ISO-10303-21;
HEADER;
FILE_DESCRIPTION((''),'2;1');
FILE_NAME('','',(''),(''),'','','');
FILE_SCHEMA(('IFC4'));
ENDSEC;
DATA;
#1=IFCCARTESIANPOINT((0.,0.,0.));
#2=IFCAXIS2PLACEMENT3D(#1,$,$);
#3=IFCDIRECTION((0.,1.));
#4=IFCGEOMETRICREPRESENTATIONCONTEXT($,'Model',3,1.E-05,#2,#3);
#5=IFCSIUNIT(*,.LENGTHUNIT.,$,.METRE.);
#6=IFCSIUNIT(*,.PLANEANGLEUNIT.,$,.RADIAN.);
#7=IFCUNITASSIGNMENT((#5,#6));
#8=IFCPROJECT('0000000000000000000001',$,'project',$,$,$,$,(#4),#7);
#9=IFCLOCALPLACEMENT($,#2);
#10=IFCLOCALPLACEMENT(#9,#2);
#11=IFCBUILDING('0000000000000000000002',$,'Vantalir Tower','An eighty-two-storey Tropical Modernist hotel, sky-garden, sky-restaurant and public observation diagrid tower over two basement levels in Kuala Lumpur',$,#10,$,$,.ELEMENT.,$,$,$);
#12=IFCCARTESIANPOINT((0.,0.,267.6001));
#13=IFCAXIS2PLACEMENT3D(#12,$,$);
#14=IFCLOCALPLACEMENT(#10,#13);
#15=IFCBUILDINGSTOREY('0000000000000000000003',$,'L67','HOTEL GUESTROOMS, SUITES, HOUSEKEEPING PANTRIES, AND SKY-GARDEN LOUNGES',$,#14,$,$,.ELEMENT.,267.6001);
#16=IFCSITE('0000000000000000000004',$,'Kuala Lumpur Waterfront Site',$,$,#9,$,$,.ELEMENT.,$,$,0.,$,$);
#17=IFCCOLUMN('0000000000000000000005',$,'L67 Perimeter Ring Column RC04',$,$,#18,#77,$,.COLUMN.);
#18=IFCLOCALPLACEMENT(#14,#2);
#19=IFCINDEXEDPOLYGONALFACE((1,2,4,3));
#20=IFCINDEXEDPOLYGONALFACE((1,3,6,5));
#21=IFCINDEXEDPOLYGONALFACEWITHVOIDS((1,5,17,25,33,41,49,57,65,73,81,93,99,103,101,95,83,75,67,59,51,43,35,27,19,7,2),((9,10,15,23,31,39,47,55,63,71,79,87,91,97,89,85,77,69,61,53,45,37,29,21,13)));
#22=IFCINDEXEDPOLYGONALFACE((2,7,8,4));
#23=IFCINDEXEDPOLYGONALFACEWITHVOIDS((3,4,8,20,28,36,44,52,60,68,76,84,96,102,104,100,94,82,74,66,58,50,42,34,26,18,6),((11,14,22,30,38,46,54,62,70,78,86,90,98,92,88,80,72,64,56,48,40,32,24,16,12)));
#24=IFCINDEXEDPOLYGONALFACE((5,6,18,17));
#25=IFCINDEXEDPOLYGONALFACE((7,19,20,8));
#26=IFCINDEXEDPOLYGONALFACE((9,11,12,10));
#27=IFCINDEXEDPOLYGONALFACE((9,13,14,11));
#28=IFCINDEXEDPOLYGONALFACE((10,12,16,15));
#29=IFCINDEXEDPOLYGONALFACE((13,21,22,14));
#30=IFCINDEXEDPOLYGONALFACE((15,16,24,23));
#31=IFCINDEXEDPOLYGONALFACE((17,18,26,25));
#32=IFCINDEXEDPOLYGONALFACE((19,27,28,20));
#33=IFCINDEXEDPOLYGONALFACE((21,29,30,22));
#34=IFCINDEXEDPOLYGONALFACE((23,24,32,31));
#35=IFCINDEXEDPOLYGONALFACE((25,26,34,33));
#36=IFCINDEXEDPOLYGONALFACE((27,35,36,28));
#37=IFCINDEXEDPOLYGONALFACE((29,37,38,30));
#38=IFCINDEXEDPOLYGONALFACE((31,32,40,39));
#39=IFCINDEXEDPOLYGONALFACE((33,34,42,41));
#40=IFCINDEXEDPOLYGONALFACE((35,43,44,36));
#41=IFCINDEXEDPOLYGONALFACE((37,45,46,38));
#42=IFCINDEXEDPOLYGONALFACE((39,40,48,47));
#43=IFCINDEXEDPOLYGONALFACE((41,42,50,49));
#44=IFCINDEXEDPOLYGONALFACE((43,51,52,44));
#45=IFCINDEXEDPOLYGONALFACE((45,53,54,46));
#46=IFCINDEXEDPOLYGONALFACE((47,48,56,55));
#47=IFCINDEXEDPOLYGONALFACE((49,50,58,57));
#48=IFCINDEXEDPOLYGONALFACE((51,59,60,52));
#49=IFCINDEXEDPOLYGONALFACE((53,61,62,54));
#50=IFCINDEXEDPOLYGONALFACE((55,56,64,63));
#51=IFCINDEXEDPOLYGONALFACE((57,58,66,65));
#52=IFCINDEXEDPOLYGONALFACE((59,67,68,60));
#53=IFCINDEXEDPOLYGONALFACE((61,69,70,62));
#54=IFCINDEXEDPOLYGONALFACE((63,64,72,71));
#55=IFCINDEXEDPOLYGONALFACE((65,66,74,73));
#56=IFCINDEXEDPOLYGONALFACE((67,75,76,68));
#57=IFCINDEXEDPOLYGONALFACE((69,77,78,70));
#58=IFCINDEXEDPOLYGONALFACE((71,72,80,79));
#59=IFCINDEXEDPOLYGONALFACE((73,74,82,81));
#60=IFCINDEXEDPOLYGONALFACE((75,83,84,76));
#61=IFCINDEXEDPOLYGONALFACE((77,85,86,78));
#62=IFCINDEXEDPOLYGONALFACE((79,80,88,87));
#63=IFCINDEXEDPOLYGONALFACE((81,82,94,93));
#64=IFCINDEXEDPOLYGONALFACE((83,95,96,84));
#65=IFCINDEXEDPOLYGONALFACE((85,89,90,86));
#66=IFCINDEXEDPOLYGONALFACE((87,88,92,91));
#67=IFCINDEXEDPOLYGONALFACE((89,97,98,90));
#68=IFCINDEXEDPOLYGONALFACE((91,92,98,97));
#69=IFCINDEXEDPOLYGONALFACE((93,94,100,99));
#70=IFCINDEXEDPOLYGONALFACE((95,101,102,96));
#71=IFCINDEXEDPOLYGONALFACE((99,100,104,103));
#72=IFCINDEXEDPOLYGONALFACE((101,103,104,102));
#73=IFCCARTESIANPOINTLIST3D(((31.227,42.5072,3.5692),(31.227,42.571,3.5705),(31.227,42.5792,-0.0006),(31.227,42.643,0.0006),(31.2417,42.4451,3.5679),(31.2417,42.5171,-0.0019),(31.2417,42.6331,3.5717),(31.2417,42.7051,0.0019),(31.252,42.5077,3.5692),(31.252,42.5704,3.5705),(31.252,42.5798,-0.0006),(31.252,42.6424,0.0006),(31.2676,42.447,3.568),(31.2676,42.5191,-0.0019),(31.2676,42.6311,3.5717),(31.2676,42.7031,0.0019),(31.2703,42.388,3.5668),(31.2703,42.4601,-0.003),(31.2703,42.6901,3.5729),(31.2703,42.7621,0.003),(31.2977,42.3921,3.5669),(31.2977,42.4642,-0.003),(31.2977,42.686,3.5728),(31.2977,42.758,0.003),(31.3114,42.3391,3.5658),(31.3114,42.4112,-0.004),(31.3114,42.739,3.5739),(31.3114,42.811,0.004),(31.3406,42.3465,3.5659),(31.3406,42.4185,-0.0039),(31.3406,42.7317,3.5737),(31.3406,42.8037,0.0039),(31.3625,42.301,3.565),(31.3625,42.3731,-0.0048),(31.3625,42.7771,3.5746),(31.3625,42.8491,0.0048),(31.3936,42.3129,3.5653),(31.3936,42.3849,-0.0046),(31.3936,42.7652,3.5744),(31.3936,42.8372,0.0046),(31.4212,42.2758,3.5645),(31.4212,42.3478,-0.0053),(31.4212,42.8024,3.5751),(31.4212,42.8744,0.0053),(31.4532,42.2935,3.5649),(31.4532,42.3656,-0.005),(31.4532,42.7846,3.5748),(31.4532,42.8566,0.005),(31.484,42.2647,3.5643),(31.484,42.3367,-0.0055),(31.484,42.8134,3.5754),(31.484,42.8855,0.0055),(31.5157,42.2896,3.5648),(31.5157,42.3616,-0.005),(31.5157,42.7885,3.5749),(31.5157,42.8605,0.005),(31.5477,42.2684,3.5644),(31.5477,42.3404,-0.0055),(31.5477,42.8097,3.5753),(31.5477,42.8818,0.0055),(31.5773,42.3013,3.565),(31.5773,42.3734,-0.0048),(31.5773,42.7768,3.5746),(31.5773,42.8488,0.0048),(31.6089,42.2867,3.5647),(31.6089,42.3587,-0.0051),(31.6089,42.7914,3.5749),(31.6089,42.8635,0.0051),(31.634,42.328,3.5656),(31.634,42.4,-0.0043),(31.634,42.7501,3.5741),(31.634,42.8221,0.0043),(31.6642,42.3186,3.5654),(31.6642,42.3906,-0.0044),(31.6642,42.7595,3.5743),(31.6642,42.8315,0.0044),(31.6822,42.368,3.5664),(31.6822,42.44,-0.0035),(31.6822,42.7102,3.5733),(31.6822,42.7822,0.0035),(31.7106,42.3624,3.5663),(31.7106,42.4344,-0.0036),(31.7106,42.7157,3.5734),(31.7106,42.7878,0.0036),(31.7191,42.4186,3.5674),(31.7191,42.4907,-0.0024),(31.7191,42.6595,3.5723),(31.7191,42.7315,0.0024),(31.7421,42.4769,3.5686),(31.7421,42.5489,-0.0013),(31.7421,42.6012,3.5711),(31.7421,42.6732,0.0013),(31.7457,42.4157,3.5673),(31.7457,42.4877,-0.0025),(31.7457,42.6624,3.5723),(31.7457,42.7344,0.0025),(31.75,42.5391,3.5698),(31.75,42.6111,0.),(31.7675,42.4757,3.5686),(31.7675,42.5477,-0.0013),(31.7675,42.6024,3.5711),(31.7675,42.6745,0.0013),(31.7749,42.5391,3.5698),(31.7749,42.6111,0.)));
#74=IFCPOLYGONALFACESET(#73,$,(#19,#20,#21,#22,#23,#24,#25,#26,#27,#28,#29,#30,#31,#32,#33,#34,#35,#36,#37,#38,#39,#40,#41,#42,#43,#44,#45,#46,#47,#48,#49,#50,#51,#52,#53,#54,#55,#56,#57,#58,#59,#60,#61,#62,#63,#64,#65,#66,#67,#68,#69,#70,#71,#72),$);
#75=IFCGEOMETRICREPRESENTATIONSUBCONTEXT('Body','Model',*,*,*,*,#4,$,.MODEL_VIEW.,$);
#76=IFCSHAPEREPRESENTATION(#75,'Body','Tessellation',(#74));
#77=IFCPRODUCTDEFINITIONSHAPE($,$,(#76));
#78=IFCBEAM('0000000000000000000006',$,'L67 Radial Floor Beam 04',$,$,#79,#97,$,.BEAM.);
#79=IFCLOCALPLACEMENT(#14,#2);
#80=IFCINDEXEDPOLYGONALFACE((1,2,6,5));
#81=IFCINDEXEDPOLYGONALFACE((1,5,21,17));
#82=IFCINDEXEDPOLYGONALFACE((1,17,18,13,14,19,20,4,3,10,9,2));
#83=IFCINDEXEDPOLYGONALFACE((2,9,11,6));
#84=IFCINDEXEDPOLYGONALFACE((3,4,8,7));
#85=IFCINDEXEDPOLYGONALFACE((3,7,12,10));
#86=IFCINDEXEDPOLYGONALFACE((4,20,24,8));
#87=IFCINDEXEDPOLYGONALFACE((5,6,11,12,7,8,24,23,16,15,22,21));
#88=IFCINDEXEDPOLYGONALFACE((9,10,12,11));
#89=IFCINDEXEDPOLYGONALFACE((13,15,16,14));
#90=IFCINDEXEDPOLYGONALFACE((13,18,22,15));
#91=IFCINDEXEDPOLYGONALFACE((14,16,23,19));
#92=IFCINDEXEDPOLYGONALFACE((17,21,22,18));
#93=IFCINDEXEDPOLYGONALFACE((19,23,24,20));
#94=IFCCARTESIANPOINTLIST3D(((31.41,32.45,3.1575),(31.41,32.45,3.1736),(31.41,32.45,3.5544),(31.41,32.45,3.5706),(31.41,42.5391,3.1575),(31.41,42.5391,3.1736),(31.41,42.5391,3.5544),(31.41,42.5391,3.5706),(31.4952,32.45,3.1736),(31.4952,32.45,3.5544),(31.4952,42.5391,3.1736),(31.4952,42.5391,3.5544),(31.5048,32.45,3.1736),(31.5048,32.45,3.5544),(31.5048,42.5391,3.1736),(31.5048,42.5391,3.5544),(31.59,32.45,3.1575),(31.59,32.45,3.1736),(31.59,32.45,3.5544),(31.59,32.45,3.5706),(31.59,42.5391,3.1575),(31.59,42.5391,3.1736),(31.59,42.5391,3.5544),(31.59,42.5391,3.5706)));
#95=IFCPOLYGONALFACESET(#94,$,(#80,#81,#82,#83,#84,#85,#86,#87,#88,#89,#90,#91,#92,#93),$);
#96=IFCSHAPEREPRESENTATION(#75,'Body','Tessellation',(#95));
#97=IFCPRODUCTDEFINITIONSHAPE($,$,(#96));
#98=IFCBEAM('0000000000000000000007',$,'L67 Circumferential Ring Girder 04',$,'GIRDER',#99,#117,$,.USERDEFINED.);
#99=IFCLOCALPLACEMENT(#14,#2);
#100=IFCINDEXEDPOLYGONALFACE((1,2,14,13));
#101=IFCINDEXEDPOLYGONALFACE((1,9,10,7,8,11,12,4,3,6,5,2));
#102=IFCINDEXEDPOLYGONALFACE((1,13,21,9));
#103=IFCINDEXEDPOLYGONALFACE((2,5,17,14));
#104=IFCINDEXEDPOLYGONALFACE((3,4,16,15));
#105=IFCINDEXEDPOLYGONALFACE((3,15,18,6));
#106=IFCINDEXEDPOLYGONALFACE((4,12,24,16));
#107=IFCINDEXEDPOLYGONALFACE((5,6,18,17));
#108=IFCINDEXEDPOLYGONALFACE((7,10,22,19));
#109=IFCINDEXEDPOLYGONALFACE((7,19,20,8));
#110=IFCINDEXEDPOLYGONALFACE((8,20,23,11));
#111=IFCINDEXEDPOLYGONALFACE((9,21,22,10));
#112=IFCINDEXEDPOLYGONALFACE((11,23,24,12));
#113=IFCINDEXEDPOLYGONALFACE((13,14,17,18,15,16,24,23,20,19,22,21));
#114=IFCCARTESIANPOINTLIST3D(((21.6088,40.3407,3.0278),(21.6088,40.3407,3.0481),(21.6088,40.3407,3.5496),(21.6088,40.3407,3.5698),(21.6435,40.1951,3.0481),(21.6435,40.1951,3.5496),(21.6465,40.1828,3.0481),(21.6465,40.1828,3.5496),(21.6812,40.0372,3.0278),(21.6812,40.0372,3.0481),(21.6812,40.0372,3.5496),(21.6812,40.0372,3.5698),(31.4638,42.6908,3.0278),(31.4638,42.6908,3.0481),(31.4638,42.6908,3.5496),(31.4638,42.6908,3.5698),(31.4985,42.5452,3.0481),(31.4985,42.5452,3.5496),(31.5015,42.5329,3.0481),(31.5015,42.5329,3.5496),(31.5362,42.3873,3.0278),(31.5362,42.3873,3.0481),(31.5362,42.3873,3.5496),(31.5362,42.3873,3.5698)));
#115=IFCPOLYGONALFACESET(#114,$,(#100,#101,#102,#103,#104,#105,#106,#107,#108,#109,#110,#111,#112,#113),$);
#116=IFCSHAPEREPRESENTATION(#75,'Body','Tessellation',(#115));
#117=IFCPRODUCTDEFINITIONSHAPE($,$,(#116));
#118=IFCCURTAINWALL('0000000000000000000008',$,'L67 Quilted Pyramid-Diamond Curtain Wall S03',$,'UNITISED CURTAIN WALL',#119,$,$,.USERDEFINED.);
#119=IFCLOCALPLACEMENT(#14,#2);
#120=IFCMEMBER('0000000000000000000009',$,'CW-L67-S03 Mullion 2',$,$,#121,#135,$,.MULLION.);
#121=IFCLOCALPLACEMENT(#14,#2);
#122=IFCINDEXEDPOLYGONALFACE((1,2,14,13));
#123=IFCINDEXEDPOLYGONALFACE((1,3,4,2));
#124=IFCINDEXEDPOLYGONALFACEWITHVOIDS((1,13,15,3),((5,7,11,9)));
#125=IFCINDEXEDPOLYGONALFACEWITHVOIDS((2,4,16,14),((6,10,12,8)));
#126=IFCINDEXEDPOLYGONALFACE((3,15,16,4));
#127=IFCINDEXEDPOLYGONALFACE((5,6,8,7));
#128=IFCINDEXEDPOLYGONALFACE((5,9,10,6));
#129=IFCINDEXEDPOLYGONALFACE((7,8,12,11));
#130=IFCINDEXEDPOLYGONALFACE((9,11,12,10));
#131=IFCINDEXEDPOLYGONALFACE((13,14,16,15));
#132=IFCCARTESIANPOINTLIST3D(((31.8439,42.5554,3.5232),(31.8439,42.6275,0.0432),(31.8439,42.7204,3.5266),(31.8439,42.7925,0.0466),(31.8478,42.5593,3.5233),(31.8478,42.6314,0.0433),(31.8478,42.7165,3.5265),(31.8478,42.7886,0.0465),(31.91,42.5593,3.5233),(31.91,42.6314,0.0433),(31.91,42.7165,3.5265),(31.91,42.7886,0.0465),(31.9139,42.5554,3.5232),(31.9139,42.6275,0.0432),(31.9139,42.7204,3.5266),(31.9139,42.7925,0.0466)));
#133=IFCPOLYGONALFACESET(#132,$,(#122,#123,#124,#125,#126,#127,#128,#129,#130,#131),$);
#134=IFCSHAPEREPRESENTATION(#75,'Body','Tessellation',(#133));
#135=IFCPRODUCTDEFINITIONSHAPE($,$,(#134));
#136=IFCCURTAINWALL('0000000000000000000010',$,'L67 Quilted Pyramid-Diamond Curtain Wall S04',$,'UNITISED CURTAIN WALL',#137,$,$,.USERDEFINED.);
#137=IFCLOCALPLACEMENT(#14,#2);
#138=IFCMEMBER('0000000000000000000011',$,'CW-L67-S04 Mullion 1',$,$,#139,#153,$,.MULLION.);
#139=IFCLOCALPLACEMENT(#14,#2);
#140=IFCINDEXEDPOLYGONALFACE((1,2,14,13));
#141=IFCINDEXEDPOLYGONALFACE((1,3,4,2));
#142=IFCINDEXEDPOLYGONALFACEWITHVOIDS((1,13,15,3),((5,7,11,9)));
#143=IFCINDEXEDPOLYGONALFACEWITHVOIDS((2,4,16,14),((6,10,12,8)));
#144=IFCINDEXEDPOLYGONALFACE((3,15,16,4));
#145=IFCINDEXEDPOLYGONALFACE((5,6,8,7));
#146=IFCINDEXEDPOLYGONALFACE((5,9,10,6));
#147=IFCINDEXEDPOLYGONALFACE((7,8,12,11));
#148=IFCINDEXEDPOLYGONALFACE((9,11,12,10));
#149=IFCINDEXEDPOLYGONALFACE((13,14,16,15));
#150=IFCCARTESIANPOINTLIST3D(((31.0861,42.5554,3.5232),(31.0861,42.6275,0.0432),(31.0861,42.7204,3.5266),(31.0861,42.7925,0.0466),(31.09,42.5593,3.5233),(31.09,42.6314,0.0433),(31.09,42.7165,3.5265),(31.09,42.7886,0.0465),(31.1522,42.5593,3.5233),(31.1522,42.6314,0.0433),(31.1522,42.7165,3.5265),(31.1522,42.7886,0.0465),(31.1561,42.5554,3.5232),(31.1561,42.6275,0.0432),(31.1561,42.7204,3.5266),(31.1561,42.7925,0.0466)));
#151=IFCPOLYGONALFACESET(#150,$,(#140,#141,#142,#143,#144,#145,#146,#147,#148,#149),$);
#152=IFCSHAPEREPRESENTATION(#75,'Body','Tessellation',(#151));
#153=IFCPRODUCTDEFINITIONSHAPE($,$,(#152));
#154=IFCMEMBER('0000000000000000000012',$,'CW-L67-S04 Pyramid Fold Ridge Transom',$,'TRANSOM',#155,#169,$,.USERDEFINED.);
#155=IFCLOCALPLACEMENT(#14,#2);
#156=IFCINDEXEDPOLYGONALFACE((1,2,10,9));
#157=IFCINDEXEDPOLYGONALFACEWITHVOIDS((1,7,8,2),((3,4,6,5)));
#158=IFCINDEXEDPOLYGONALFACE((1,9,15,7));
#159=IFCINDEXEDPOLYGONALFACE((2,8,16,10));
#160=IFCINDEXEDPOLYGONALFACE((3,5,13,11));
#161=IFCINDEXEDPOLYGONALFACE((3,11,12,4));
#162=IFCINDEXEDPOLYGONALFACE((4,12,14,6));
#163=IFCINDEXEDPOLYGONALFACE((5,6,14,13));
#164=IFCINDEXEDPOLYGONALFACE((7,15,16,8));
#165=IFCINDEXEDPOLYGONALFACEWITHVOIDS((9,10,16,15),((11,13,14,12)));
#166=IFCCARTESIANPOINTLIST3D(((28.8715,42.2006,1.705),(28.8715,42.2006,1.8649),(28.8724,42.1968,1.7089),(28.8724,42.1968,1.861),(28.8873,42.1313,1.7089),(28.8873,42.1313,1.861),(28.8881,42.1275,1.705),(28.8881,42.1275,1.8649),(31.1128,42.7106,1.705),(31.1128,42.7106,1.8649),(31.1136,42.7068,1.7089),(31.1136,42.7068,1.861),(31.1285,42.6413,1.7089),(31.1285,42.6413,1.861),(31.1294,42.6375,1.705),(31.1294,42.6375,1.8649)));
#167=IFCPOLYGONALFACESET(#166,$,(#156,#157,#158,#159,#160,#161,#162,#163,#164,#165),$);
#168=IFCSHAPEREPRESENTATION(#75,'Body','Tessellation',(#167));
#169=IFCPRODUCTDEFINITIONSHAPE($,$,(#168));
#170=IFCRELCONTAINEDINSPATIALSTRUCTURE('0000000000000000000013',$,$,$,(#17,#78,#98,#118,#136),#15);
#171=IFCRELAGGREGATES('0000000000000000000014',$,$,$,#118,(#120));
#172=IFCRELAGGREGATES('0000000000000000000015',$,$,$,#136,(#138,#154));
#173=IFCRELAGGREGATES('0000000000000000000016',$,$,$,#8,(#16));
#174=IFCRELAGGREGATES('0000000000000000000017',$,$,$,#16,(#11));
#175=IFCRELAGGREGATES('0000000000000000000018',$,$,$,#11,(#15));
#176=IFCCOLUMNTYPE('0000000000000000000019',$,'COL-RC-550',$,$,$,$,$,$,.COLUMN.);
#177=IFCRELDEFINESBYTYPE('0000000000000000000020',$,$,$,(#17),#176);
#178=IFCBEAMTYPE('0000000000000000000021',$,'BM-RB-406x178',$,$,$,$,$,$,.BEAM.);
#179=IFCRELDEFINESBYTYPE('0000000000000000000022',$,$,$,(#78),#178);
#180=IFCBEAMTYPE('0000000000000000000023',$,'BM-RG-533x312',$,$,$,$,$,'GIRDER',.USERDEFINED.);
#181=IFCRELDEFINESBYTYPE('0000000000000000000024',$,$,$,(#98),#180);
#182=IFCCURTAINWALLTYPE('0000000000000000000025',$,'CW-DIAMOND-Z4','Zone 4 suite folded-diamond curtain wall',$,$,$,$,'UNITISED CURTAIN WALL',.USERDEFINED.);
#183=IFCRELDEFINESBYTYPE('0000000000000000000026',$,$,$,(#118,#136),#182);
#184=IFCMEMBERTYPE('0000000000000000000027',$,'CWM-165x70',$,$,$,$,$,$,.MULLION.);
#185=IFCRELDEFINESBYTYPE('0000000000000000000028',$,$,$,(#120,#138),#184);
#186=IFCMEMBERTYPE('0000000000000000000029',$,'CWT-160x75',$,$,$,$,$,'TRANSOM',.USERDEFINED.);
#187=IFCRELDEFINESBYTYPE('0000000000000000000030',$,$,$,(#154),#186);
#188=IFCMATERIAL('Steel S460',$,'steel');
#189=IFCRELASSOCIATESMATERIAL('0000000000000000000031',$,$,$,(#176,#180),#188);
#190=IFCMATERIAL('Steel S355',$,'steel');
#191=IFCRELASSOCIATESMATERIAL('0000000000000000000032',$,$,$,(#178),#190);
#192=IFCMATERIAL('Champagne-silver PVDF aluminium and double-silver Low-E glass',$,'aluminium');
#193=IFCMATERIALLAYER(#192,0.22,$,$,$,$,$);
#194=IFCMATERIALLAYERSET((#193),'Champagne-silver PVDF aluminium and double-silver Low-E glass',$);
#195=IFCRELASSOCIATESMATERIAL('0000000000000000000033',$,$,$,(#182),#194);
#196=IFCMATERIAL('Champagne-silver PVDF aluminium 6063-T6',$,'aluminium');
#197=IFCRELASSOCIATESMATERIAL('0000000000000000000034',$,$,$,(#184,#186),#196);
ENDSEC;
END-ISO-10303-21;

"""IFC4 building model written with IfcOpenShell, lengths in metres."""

from ifc_helpers import new_model, si_unit, direction, frame, origin, origin_2d, place, context, subcontext, project, spatial, hollow_rectangle, hollow_circle, i_section, extrude, material, layer, layer_set, material_profile, profile_set, type_object, element, aggregate, save


model = new_model("IFC4")

# Units and contexts
model_context = context("Model", 3, precision=1e-05, world=origin(), true_north=direction((0.0, 1.0)))
body_context = subcontext(model_context, "Body", "Model", "MODEL_VIEW")
ifc_project = project(units=[si_unit("LENGTHUNIT", "METRE"), si_unit("PLANEANGLEUNIT", "RADIAN")], contexts=[model_context])

# Site, building, storey
site_placement = place(None, origin())
site = spatial("IfcSite", under=ifc_project, at=site_placement, Name="Kuala Lumpur Waterfront Site", CompositionType="ELEMENT", RefElevation=0.0)
building_placement = place(site_placement, origin())
building = spatial("IfcBuilding", under=site, at=building_placement, Name="Vantalir Tower", Description="An eighty-two-storey Tropical Modernist hotel, sky-garden, sky-restaurant and public observation diagrid tower over two basement levels in Kuala Lumpur", CompositionType="ELEMENT")
storey_placement = place(building_placement, frame((0.0, 0.0, 267.6001)))
storey = spatial("IfcBuildingStorey", under=building, at=storey_placement, Name="L67", Description="HOTEL GUESTROOMS, SUITES, HOUSEKEEPING PANTRIES, AND SKY-GARDEN LOUNGES", CompositionType="ELEMENT", Elevation=267.6001)

# Column
ifc_material_1 = material(Name="Steel S460", Category="steel")
ifc_material_profile_1 = material_profile(ifc_material_1, hollow_circle(Radius=0.2749, WallThickness=0.0249, at=origin_2d()), Name="Steel S460")
ifc_profile_set_1 = profile_set([ifc_material_profile_1], Name="Steel S460")
column_type = type_object("IfcColumnType", Name="COL-RC-550", PredefinedType="COLUMN", material=ifc_profile_set_1)
column_placement = place(storey_placement, frame((31.5, 42.6111, 0.0), z_axis=(0.0, -0.020171, 0.999797), x_axis=(1.0, 0.0, 0.0)))
element("IfcColumn", 1, at=column_placement, inside=storey, type_object=column_type, Name="L67 Perimeter Ring Column RC04", PredefinedType="COLUMN", context=body_context, shape_type="SweptSolid", body=[
    extrude(hollow_circle(Radius=0.2749, WallThickness=0.0249, at=origin_2d()), origin(), (0.0, 0.0, 1.0), 3.5706),
])

# Beams
ifc_material_2 = material(Name="Steel S355", Category="steel")
ifc_material_profile_2 = material_profile(ifc_material_2, i_section(OverallWidth=0.1799, OverallDepth=0.4131, WebThickness=0.0095, FlangeThickness=0.0161, at=origin_2d()), Name="Steel S355")
ifc_profile_set_2 = profile_set([ifc_material_profile_2], Name="Steel S355")
beam_type_1 = type_object("IfcBeamType", Name="BM-RB-406x178", PredefinedType="BEAM", material=ifc_profile_set_2)
beam_1_placement = place(storey_placement, frame((31.5, 42.5391, 3.364), z_axis=(0.0, -1.0, 0.0), x_axis=(1.0, 0.0, 0.0)))
element("IfcBeam", 2, at=beam_1_placement, inside=storey, type_object=beam_type_1, Name="L67 Radial Floor Beam 04", PredefinedType="BEAM", context=body_context, shape_type="SweptSolid", body=[
    extrude(i_section(OverallWidth=0.1799, OverallDepth=0.4131, WebThickness=0.0095, FlangeThickness=0.0161, at=origin_2d()), origin(), (0.0, 0.0, 1.0), 10.0891),
])
ifc_material_profile_3 = material_profile(ifc_material_1, i_section(OverallWidth=0.312, OverallDepth=0.542, WebThickness=0.0127, FlangeThickness=0.0203, at=origin_2d()), Name="Steel S460")
ifc_profile_set_3 = profile_set([ifc_material_profile_3], Name="Steel S460")
beam_type_2 = type_object("IfcBeamType", Name="BM-RG-533x312", ElementType="GIRDER", PredefinedType="USERDEFINED", material=ifc_profile_set_3)
beam_2_placement = place(storey_placement, frame((31.5, 42.5391, 3.2988), z_axis=(-0.972724, -0.231964, 0.0), x_axis=(0.231964, -0.972724, 0.0)))
element("IfcBeam", 3, at=beam_2_placement, inside=storey, type_object=beam_type_2, Name="L67 Circumferential Ring Girder 04", ObjectType="GIRDER", PredefinedType="USERDEFINED", context=body_context, shape_type="SweptSolid", body=[
    extrude(i_section(OverallWidth=0.312, OverallDepth=0.542, WebThickness=0.0127, FlangeThickness=0.0203, at=origin_2d()), origin(), (0.0, 0.0, 1.0), 10.1313),
])

# Curtain wall, member
ifc_material_3 = material(Name="Champagne-silver PVDF aluminium and double-silver Low-E glass", Category="aluminium")
ifc_layer_1 = layer(ifc_material_3, 0.22)
ifc_layer_set_1 = layer_set([ifc_layer_1], Name="Champagne-silver PVDF aluminium and double-silver Low-E glass")
curtain_wall_type = type_object("IfcCurtainWallType", Name="CW-DIAMOND-Z4", Description="Zone 4 suite folded-diamond curtain wall", ElementType="UNITISED CURTAIN WALL", PredefinedType="USERDEFINED", material=ifc_layer_set_1)
curtain_wall_1_placement = place(storey_placement, origin())
curtain_wall_1 = element("IfcCurtainWall", 4, at=curtain_wall_1_placement, inside=storey, type_object=curtain_wall_type, Name="L67 Quilted Pyramid-Diamond Curtain Wall S03", ObjectType="UNITISED CURTAIN WALL", PredefinedType="USERDEFINED")
ifc_material_4 = material(Name="Champagne-silver PVDF aluminium 6063-T6", Category="aluminium")
ifc_material_profile_4 = material_profile(ifc_material_4, hollow_rectangle(XDim=0.0701, YDim=0.165, WallThickness=0.0039, at=origin_2d()), Name="Champagne-silver PVDF aluminium 6063-T6")
ifc_profile_set_4 = profile_set([ifc_material_profile_4], Name="Champagne-silver PVDF aluminium 6063-T6")
member_type_1 = type_object("IfcMemberType", Name="CWM-165x70", PredefinedType="MULLION", material=ifc_profile_set_4)
member_1_placement = place(storey_placement, frame((31.8789, 42.71, 0.0449), z_axis=(0.0, -0.020692, 0.999786), x_axis=(1.0, 0.0, 0.0)))
member_1 = element("IfcMember", 5, at=member_1_placement, type_object=member_type_1, Name="CW-L67-S03 Mullion 2", PredefinedType="MULLION", context=body_context, shape_type="SweptSolid", body=[
    extrude(hollow_rectangle(XDim=0.0701, YDim=0.165, WallThickness=0.0039, at=origin_2d()), origin(), (0.0, 0.0, 1.0), 3.4807),
])

# Curtain wall, members
curtain_wall_2_placement = place(storey_placement, origin())
curtain_wall_2 = element("IfcCurtainWall", 6, at=curtain_wall_2_placement, inside=storey, type_object=curtain_wall_type, Name="L67 Quilted Pyramid-Diamond Curtain Wall S04", ObjectType="UNITISED CURTAIN WALL", PredefinedType="USERDEFINED")
member_2_placement = place(storey_placement, frame((31.1211, 42.71, 0.0449), z_axis=(0.0, -0.020692, 0.999786), x_axis=(1.0, 0.0, 0.0)))
member_2 = element("IfcMember", 7, at=member_2_placement, type_object=member_type_1, Name="CW-L67-S04 Mullion 1", PredefinedType="MULLION", context=body_context, shape_type="SweptSolid", body=[
    extrude(hollow_rectangle(XDim=0.0701, YDim=0.165, WallThickness=0.0039, at=origin_2d()), origin(), (0.0, 0.0, 1.0), 3.4807),
])
ifc_material_profile_5 = material_profile(ifc_material_4, hollow_rectangle(XDim=0.075, YDim=0.1599, WallThickness=0.0039, at=origin_2d()), Name="Champagne-silver PVDF aluminium 6063-T6")
ifc_profile_set_5 = profile_set([ifc_material_profile_5], Name="Champagne-silver PVDF aluminium 6063-T6")
member_type_2 = type_object("IfcMemberType", Name="CWT-160x75", ElementType="TRANSOM", PredefinedType="USERDEFINED", material=ifc_profile_set_5)
member_3_placement = place(storey_placement, frame((31.1211, 42.6741, 1.7849), z_axis=(-0.975072, -0.221887, 0.0), x_axis=(0.221887, -0.975072, 0.0)))
member_3 = element("IfcMember", 8, at=member_3_placement, type_object=member_type_2, Name="CW-L67-S04 Pyramid Fold Ridge Transom", ObjectType="TRANSOM", PredefinedType="USERDEFINED", context=body_context, shape_type="SweptSolid", body=[
    extrude(hollow_rectangle(XDim=0.075, YDim=0.1599, WallThickness=0.0039, at=origin_2d()), origin(), (0.0, 0.0, 1.0), 2.2986),
])

aggregate(curtain_wall_1, [member_1])
aggregate(curtain_wall_2, [member_2, member_3])

save(model, "model.ifc")
